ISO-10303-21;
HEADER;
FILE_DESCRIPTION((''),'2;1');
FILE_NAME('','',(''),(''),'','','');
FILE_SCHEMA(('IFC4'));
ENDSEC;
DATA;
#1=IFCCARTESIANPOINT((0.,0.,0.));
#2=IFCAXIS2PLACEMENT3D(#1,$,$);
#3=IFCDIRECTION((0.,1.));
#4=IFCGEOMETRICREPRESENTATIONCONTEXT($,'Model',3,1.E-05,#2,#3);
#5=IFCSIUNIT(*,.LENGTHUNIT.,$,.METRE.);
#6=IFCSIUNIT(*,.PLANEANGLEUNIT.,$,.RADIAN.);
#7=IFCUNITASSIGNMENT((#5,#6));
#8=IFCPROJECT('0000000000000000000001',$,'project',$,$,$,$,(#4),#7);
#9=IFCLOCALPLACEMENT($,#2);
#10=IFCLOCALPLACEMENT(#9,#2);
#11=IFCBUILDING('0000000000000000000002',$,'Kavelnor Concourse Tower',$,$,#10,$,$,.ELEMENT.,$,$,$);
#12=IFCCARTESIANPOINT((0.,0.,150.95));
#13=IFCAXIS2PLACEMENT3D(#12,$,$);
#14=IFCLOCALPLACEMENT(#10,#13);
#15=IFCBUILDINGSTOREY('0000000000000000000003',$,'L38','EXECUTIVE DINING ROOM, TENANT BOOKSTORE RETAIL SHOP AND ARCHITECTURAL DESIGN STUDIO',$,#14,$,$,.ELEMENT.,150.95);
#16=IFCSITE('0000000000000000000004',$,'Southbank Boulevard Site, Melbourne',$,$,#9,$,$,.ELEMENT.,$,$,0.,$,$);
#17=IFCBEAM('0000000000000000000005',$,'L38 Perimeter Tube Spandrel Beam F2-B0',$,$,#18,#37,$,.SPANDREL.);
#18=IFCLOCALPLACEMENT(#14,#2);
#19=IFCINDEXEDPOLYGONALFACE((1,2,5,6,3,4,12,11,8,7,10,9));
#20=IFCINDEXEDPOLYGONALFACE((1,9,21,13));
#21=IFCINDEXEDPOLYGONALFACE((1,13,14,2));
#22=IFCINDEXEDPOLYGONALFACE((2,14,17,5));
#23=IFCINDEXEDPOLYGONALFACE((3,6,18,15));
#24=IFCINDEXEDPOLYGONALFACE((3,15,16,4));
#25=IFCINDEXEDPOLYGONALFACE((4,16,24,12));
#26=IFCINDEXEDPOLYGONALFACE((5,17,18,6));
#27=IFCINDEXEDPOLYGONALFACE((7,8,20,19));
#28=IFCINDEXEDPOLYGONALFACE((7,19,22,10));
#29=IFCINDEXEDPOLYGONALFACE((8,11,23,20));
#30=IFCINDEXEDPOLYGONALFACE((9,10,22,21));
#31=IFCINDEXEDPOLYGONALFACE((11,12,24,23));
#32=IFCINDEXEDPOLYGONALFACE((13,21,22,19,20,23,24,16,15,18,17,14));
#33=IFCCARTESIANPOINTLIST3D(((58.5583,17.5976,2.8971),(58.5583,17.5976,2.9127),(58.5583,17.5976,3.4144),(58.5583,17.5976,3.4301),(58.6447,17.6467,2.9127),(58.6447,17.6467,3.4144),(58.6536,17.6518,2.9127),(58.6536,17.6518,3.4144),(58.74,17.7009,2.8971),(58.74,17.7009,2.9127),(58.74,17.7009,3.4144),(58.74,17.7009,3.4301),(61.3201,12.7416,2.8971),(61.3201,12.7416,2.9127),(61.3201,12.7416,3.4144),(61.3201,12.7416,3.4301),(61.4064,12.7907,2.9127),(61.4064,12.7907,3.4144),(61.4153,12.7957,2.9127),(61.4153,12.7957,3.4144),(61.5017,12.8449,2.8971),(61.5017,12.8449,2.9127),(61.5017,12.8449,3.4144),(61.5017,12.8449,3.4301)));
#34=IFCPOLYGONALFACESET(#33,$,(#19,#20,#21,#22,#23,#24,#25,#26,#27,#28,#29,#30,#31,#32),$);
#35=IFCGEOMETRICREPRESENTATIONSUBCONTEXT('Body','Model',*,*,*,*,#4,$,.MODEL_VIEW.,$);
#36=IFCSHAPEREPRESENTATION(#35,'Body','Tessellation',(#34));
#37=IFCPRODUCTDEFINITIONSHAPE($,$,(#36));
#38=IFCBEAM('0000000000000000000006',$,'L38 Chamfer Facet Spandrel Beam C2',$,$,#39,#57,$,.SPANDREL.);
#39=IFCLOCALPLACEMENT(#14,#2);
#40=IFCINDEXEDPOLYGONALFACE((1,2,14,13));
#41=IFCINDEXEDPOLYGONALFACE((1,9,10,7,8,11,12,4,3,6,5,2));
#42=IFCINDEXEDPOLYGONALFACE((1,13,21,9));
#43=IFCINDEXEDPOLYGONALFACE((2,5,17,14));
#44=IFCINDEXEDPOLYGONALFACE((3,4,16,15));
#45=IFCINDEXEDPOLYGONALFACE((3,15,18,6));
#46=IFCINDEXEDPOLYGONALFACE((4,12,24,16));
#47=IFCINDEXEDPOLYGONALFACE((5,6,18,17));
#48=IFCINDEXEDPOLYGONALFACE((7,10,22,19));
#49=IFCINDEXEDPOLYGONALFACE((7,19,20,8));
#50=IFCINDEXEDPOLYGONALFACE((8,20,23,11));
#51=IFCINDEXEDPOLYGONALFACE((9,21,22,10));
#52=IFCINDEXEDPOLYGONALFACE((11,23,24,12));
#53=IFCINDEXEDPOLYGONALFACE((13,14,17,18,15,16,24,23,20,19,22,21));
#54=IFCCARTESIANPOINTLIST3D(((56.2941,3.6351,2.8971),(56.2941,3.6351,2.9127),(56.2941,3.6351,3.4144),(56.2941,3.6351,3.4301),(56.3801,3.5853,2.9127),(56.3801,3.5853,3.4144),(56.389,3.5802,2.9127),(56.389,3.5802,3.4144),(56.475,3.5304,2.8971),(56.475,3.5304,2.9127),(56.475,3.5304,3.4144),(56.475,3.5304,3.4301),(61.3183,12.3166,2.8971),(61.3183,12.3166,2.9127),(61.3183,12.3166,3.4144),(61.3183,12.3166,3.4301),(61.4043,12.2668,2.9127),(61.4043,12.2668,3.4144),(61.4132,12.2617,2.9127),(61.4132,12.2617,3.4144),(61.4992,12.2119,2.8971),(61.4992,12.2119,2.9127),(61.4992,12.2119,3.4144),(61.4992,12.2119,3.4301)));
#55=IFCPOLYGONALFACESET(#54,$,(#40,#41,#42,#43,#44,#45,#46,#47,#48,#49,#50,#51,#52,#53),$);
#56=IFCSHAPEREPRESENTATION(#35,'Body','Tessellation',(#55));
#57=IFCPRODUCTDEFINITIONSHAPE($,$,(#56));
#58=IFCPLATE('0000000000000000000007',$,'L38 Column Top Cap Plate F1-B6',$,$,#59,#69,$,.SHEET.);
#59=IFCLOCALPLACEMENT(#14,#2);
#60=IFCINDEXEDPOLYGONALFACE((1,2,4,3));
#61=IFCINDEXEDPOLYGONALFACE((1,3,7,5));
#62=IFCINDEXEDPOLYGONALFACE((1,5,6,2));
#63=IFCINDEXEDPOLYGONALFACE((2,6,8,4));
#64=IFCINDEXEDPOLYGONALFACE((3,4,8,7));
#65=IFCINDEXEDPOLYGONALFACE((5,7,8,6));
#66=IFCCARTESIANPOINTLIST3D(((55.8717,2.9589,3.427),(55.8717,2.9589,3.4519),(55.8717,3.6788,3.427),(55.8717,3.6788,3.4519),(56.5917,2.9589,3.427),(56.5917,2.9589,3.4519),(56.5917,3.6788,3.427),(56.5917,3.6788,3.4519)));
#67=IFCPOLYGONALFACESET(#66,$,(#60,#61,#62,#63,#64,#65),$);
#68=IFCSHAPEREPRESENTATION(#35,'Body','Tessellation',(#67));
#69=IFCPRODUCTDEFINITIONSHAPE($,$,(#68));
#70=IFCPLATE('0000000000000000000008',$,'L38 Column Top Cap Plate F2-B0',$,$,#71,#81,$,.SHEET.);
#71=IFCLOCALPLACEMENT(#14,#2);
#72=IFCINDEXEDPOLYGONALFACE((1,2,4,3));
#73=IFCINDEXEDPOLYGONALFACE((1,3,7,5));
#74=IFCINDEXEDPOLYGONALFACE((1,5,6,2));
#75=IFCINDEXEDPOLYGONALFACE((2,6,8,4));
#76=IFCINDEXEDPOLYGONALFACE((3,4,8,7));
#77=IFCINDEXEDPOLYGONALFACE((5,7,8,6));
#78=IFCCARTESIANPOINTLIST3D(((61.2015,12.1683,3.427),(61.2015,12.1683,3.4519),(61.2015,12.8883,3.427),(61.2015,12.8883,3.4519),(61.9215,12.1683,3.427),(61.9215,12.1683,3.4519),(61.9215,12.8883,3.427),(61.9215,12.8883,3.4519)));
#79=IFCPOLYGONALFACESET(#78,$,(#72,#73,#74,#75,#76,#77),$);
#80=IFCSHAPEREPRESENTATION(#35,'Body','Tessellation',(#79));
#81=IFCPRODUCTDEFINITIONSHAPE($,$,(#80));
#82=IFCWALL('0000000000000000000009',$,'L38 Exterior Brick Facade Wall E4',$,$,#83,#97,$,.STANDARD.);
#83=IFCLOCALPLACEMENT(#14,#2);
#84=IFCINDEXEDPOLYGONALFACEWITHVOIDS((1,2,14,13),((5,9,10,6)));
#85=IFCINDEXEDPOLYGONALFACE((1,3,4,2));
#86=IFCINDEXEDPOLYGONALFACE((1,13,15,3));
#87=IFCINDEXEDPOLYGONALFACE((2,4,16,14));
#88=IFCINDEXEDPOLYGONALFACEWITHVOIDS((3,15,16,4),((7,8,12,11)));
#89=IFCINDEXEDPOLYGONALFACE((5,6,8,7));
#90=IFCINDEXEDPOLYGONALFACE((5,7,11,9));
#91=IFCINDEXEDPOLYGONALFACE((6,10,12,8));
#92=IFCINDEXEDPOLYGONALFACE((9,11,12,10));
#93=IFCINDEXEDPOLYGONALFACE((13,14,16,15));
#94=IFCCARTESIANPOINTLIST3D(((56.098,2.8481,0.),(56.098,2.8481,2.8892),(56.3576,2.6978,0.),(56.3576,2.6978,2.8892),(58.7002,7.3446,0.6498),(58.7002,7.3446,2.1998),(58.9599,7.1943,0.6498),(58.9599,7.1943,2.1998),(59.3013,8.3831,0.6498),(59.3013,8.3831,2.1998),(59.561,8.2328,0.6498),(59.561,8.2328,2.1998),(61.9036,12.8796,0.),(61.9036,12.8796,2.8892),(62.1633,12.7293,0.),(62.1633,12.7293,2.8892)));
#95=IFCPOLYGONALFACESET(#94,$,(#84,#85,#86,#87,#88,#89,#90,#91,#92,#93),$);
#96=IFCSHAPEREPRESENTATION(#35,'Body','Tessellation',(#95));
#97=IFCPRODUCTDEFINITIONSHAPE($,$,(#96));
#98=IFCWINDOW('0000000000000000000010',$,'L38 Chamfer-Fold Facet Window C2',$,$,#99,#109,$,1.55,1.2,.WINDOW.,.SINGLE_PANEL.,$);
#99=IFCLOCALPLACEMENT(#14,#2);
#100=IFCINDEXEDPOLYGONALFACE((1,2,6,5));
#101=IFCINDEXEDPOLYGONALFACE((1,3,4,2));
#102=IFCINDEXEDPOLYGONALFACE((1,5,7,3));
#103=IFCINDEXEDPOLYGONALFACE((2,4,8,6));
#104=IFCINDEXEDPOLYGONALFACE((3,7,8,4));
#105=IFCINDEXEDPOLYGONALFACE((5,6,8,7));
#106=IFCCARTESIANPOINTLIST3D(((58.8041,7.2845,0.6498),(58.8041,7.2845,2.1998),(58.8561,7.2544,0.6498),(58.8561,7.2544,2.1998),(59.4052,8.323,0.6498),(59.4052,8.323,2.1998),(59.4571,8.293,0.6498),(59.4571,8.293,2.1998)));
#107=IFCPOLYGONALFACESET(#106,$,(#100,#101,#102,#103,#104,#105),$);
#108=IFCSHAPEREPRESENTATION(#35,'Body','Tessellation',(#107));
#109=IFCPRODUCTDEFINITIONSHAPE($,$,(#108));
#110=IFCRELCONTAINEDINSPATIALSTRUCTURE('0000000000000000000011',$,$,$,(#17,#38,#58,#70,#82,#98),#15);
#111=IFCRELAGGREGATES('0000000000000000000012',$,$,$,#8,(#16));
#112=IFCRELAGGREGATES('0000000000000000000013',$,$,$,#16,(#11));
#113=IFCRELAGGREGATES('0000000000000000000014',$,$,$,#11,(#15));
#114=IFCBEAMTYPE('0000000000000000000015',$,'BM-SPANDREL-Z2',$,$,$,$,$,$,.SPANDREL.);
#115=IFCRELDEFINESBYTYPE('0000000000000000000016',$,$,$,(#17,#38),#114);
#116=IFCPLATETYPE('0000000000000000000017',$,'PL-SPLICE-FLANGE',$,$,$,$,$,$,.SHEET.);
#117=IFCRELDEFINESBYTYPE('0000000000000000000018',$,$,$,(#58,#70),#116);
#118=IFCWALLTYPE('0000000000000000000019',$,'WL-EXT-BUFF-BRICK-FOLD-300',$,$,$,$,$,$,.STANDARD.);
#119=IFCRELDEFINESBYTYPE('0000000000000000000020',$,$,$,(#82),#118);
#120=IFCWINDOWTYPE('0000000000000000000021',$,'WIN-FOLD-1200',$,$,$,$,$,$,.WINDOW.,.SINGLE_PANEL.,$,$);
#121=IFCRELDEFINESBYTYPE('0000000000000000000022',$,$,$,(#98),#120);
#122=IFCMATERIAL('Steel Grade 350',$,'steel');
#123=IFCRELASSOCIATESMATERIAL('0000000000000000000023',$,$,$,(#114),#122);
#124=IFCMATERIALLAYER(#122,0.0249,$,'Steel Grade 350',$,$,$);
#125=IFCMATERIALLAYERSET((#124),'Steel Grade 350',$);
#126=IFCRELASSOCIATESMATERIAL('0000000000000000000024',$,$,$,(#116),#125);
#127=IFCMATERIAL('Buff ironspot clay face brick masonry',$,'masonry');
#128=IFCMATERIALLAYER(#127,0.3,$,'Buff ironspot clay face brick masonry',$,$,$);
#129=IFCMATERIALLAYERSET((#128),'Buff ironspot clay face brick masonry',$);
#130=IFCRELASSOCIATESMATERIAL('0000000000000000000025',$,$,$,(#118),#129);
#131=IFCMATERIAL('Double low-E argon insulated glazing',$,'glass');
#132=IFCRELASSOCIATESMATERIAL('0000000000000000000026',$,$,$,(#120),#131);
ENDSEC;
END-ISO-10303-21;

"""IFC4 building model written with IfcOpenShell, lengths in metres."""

from ifc_helpers import new_model, si_unit, direction, frame, frame_2d, origin, origin_2d, place, context, subcontext, project, spatial, rectangle, i_section, extrude, material, layer, layer_set, material_profile, profile_set, type_object, element, fill, save


model = new_model("IFC4")

# Units and contexts
model_context = context("Model", 3, precision=1e-05, world=origin(), true_north=direction((0.0, 1.0)))
body_context = subcontext(model_context, "Body", "Model", "MODEL_VIEW")
ifc_project = project(units=[si_unit("LENGTHUNIT", "METRE"), si_unit("PLANEANGLEUNIT", "RADIAN")], contexts=[model_context])

# Site, building, storey
site_placement = place(None, origin())
site = spatial("IfcSite", under=ifc_project, at=site_placement, Name="Southbank Boulevard Site, Melbourne", CompositionType="ELEMENT", RefElevation=0.0)
building_placement = place(site_placement, origin())
building = spatial("IfcBuilding", under=site, at=building_placement, Name="Kavelnor Concourse Tower", CompositionType="ELEMENT")
storey_placement = place(building_placement, frame((0.0, 0.0, 150.95)))
storey = spatial("IfcBuildingStorey", under=building, at=storey_placement, Name="L38", Description="EXECUTIVE DINING ROOM, TENANT BOOKSTORE RETAIL SHOP AND ARCHITECTURAL DESIGN STUDIO", CompositionType="ELEMENT", Elevation=150.95)

# Shared definitions
ifc_material_1 = material(Name="Steel Grade 350", Category="steel")

# Beams
ifc_material_profile_1 = material_profile(ifc_material_1, i_section(OverallWidth=0.209, OverallDepth=0.533, WebThickness=0.0103, FlangeThickness=0.0156, at=origin_2d()), Name="530UB92")
ifc_profile_set_1 = profile_set([ifc_material_profile_1], Name="Steel Grade 350")
beam_type_1 = type_object("IfcBeamType", Name="BM-SPANDREL-Z2", PredefinedType="SPANDREL", material=ifc_profile_set_1)
beam_1_placement = place(storey_placement, frame((61.4109, 12.7932, 3.1636), z_axis=(-0.494368, 0.869253, 0.0), x_axis=(-0.869253, -0.494368, 0.0)))
element("IfcBeam", 1, at=beam_1_placement, inside=storey, type_object=beam_type_1, Name="L38 Perimeter Tube Spandrel Beam F2-B0", PredefinedType="SPANDREL", context=body_context, shape_type="SweptSolid", body=[
    extrude(i_section(OverallWidth=0.209, OverallDepth=0.533, WebThickness=0.0103, FlangeThickness=0.0156, at=origin_2d()), origin(), (0.0, 0.0, 1.0), 5.5864),
])
beam_2_placement = place(storey_placement, frame((56.3845, 3.5828, 3.1636), z_axis=(0.500894, 0.865508, 0.0), x_axis=(-0.865508, 0.500894, 0.0)))
element("IfcBeam", 2, at=beam_2_placement, inside=storey, type_object=beam_type_1, Name="L38 Chamfer Facet Spandrel Beam C2", PredefinedType="SPANDREL", context=body_context, shape_type="SweptSolid", body=[
    extrude(i_section(OverallWidth=0.209, OverallDepth=0.533, WebThickness=0.0103, FlangeThickness=0.0156, at=origin_2d()), origin(), (0.0, 0.0, 1.0), 10.0305),
])

# Plates
ifc_layer_1 = layer(ifc_material_1, 0.0249, Name="Steel Grade 350")
ifc_layer_set_1 = layer_set([ifc_layer_1], Name="Steel Grade 350")
plate_type = type_object("IfcPlateType", Name="PL-SPLICE-FLANGE", PredefinedType="SHEET", material=ifc_layer_set_1)
for number, where, z_axis, x_axis, name in (
    (3, (56.2317, 3.3188, 3.427), (0.0, 0.0, 1.0), (1.0, 0.0, 0.0), "L38 Column Top Cap Plate F1-B6"),
    (4, (61.5615, 12.5283, 3.427), (0.0, 0.0, 1.0), (1.0, 0.0, 0.0), "L38 Column Top Cap Plate F2-B0"),
):
    element("IfcPlate", number, at=place(storey_placement, frame(where, z_axis=z_axis, x_axis=x_axis)), inside=storey, type_object=plate_type, Name=name, PredefinedType="SHEET", context=body_context, shape_type="SweptSolid", body=[
        extrude(rectangle(XDim=0.72, YDim=0.72, at=origin_2d()), origin(), (0.0, 0.0, 1.0), 0.0249),
    ])

# Wall, opening, window
ifc_material_2 = material(Name="Buff ironspot clay face brick masonry", Category="masonry")
ifc_layer_2 = layer(ifc_material_2, 0.3, Name="Buff ironspot clay face brick masonry")
ifc_layer_set_2 = layer_set([ifc_layer_2], Name="Buff ironspot clay face brick masonry")
wall_type_1 = type_object("IfcWallType", Name="WL-EXT-BUFF-BRICK-FOLD-300", PredefinedType="STANDARD", material=ifc_layer_set_2)
wall_1_placement = place(storey_placement, frame((62.0334, 12.8044, 0.0), z_axis=(0.0, 0.0, 1.0), x_axis=(-0.500904, -0.865503, 0.0)))
wall_1 = element("IfcWall", 5, at=wall_1_placement, inside=storey, type_object=wall_type_1, Name="L38 Exterior Brick Facade Wall E4", PredefinedType="STANDARD", context=body_context, shape_type="SweptSolid", body=[
    extrude(rectangle(XDim=11.5903, YDim=0.3, at=frame_2d((5.7952, 0.0))), origin(), (0.0, 0.0, 1.0), 2.8892),
])
opening_1_placement = place(wall_1_placement, frame((5.1951, 0.0, 0.6499)))
opening_1 = element("IfcOpeningElement", 6, at=opening_1_placement, cuts=wall_1, PredefinedType="OPENING", context=body_context, shape_type="SweptSolid", body=[
    extrude(rectangle(XDim=1.2, YDim=1.55, at=frame_2d((0.6001, 0.7749))), frame((0.0, 0.1602, 0.0), z_axis=(0.0, -1.0, 0.0), x_axis=(1.0, 0.0, 0.0)), (0.0, 0.0, 1.0), 0.3201),
])
ifc_material_3 = material(Name="Double low-E argon insulated glazing", Category="glass")
window_type_1 = type_object("IfcWindowType", Name="WIN-FOLD-1200", PartitioningType="SINGLE_PANEL", PredefinedType="WINDOW", material=ifc_material_3)
window_1_placement = place(opening_1_placement, origin())
window_1 = element("IfcWindow", 7, at=window_1_placement, inside=storey, type_object=window_type_1, Name="L38 Chamfer-Fold Facet Window C2", OverallHeight=1.55, OverallWidth=1.2, PartitioningType="SINGLE_PANEL", PredefinedType="WINDOW", context=body_context, shape_type="SweptSolid", body=[
    extrude(rectangle(XDim=1.2, YDim=1.55, at=frame_2d((0.6001, 0.7749))), frame((0.0, 0.03, 0.0), z_axis=(0.0, -1.0, 0.0), x_axis=(1.0, 0.0, 0.0)), (0.0, 0.0, 1.0), 0.0601),
])
fill(opening_1, window_1)

save(model, "model.ifc")
